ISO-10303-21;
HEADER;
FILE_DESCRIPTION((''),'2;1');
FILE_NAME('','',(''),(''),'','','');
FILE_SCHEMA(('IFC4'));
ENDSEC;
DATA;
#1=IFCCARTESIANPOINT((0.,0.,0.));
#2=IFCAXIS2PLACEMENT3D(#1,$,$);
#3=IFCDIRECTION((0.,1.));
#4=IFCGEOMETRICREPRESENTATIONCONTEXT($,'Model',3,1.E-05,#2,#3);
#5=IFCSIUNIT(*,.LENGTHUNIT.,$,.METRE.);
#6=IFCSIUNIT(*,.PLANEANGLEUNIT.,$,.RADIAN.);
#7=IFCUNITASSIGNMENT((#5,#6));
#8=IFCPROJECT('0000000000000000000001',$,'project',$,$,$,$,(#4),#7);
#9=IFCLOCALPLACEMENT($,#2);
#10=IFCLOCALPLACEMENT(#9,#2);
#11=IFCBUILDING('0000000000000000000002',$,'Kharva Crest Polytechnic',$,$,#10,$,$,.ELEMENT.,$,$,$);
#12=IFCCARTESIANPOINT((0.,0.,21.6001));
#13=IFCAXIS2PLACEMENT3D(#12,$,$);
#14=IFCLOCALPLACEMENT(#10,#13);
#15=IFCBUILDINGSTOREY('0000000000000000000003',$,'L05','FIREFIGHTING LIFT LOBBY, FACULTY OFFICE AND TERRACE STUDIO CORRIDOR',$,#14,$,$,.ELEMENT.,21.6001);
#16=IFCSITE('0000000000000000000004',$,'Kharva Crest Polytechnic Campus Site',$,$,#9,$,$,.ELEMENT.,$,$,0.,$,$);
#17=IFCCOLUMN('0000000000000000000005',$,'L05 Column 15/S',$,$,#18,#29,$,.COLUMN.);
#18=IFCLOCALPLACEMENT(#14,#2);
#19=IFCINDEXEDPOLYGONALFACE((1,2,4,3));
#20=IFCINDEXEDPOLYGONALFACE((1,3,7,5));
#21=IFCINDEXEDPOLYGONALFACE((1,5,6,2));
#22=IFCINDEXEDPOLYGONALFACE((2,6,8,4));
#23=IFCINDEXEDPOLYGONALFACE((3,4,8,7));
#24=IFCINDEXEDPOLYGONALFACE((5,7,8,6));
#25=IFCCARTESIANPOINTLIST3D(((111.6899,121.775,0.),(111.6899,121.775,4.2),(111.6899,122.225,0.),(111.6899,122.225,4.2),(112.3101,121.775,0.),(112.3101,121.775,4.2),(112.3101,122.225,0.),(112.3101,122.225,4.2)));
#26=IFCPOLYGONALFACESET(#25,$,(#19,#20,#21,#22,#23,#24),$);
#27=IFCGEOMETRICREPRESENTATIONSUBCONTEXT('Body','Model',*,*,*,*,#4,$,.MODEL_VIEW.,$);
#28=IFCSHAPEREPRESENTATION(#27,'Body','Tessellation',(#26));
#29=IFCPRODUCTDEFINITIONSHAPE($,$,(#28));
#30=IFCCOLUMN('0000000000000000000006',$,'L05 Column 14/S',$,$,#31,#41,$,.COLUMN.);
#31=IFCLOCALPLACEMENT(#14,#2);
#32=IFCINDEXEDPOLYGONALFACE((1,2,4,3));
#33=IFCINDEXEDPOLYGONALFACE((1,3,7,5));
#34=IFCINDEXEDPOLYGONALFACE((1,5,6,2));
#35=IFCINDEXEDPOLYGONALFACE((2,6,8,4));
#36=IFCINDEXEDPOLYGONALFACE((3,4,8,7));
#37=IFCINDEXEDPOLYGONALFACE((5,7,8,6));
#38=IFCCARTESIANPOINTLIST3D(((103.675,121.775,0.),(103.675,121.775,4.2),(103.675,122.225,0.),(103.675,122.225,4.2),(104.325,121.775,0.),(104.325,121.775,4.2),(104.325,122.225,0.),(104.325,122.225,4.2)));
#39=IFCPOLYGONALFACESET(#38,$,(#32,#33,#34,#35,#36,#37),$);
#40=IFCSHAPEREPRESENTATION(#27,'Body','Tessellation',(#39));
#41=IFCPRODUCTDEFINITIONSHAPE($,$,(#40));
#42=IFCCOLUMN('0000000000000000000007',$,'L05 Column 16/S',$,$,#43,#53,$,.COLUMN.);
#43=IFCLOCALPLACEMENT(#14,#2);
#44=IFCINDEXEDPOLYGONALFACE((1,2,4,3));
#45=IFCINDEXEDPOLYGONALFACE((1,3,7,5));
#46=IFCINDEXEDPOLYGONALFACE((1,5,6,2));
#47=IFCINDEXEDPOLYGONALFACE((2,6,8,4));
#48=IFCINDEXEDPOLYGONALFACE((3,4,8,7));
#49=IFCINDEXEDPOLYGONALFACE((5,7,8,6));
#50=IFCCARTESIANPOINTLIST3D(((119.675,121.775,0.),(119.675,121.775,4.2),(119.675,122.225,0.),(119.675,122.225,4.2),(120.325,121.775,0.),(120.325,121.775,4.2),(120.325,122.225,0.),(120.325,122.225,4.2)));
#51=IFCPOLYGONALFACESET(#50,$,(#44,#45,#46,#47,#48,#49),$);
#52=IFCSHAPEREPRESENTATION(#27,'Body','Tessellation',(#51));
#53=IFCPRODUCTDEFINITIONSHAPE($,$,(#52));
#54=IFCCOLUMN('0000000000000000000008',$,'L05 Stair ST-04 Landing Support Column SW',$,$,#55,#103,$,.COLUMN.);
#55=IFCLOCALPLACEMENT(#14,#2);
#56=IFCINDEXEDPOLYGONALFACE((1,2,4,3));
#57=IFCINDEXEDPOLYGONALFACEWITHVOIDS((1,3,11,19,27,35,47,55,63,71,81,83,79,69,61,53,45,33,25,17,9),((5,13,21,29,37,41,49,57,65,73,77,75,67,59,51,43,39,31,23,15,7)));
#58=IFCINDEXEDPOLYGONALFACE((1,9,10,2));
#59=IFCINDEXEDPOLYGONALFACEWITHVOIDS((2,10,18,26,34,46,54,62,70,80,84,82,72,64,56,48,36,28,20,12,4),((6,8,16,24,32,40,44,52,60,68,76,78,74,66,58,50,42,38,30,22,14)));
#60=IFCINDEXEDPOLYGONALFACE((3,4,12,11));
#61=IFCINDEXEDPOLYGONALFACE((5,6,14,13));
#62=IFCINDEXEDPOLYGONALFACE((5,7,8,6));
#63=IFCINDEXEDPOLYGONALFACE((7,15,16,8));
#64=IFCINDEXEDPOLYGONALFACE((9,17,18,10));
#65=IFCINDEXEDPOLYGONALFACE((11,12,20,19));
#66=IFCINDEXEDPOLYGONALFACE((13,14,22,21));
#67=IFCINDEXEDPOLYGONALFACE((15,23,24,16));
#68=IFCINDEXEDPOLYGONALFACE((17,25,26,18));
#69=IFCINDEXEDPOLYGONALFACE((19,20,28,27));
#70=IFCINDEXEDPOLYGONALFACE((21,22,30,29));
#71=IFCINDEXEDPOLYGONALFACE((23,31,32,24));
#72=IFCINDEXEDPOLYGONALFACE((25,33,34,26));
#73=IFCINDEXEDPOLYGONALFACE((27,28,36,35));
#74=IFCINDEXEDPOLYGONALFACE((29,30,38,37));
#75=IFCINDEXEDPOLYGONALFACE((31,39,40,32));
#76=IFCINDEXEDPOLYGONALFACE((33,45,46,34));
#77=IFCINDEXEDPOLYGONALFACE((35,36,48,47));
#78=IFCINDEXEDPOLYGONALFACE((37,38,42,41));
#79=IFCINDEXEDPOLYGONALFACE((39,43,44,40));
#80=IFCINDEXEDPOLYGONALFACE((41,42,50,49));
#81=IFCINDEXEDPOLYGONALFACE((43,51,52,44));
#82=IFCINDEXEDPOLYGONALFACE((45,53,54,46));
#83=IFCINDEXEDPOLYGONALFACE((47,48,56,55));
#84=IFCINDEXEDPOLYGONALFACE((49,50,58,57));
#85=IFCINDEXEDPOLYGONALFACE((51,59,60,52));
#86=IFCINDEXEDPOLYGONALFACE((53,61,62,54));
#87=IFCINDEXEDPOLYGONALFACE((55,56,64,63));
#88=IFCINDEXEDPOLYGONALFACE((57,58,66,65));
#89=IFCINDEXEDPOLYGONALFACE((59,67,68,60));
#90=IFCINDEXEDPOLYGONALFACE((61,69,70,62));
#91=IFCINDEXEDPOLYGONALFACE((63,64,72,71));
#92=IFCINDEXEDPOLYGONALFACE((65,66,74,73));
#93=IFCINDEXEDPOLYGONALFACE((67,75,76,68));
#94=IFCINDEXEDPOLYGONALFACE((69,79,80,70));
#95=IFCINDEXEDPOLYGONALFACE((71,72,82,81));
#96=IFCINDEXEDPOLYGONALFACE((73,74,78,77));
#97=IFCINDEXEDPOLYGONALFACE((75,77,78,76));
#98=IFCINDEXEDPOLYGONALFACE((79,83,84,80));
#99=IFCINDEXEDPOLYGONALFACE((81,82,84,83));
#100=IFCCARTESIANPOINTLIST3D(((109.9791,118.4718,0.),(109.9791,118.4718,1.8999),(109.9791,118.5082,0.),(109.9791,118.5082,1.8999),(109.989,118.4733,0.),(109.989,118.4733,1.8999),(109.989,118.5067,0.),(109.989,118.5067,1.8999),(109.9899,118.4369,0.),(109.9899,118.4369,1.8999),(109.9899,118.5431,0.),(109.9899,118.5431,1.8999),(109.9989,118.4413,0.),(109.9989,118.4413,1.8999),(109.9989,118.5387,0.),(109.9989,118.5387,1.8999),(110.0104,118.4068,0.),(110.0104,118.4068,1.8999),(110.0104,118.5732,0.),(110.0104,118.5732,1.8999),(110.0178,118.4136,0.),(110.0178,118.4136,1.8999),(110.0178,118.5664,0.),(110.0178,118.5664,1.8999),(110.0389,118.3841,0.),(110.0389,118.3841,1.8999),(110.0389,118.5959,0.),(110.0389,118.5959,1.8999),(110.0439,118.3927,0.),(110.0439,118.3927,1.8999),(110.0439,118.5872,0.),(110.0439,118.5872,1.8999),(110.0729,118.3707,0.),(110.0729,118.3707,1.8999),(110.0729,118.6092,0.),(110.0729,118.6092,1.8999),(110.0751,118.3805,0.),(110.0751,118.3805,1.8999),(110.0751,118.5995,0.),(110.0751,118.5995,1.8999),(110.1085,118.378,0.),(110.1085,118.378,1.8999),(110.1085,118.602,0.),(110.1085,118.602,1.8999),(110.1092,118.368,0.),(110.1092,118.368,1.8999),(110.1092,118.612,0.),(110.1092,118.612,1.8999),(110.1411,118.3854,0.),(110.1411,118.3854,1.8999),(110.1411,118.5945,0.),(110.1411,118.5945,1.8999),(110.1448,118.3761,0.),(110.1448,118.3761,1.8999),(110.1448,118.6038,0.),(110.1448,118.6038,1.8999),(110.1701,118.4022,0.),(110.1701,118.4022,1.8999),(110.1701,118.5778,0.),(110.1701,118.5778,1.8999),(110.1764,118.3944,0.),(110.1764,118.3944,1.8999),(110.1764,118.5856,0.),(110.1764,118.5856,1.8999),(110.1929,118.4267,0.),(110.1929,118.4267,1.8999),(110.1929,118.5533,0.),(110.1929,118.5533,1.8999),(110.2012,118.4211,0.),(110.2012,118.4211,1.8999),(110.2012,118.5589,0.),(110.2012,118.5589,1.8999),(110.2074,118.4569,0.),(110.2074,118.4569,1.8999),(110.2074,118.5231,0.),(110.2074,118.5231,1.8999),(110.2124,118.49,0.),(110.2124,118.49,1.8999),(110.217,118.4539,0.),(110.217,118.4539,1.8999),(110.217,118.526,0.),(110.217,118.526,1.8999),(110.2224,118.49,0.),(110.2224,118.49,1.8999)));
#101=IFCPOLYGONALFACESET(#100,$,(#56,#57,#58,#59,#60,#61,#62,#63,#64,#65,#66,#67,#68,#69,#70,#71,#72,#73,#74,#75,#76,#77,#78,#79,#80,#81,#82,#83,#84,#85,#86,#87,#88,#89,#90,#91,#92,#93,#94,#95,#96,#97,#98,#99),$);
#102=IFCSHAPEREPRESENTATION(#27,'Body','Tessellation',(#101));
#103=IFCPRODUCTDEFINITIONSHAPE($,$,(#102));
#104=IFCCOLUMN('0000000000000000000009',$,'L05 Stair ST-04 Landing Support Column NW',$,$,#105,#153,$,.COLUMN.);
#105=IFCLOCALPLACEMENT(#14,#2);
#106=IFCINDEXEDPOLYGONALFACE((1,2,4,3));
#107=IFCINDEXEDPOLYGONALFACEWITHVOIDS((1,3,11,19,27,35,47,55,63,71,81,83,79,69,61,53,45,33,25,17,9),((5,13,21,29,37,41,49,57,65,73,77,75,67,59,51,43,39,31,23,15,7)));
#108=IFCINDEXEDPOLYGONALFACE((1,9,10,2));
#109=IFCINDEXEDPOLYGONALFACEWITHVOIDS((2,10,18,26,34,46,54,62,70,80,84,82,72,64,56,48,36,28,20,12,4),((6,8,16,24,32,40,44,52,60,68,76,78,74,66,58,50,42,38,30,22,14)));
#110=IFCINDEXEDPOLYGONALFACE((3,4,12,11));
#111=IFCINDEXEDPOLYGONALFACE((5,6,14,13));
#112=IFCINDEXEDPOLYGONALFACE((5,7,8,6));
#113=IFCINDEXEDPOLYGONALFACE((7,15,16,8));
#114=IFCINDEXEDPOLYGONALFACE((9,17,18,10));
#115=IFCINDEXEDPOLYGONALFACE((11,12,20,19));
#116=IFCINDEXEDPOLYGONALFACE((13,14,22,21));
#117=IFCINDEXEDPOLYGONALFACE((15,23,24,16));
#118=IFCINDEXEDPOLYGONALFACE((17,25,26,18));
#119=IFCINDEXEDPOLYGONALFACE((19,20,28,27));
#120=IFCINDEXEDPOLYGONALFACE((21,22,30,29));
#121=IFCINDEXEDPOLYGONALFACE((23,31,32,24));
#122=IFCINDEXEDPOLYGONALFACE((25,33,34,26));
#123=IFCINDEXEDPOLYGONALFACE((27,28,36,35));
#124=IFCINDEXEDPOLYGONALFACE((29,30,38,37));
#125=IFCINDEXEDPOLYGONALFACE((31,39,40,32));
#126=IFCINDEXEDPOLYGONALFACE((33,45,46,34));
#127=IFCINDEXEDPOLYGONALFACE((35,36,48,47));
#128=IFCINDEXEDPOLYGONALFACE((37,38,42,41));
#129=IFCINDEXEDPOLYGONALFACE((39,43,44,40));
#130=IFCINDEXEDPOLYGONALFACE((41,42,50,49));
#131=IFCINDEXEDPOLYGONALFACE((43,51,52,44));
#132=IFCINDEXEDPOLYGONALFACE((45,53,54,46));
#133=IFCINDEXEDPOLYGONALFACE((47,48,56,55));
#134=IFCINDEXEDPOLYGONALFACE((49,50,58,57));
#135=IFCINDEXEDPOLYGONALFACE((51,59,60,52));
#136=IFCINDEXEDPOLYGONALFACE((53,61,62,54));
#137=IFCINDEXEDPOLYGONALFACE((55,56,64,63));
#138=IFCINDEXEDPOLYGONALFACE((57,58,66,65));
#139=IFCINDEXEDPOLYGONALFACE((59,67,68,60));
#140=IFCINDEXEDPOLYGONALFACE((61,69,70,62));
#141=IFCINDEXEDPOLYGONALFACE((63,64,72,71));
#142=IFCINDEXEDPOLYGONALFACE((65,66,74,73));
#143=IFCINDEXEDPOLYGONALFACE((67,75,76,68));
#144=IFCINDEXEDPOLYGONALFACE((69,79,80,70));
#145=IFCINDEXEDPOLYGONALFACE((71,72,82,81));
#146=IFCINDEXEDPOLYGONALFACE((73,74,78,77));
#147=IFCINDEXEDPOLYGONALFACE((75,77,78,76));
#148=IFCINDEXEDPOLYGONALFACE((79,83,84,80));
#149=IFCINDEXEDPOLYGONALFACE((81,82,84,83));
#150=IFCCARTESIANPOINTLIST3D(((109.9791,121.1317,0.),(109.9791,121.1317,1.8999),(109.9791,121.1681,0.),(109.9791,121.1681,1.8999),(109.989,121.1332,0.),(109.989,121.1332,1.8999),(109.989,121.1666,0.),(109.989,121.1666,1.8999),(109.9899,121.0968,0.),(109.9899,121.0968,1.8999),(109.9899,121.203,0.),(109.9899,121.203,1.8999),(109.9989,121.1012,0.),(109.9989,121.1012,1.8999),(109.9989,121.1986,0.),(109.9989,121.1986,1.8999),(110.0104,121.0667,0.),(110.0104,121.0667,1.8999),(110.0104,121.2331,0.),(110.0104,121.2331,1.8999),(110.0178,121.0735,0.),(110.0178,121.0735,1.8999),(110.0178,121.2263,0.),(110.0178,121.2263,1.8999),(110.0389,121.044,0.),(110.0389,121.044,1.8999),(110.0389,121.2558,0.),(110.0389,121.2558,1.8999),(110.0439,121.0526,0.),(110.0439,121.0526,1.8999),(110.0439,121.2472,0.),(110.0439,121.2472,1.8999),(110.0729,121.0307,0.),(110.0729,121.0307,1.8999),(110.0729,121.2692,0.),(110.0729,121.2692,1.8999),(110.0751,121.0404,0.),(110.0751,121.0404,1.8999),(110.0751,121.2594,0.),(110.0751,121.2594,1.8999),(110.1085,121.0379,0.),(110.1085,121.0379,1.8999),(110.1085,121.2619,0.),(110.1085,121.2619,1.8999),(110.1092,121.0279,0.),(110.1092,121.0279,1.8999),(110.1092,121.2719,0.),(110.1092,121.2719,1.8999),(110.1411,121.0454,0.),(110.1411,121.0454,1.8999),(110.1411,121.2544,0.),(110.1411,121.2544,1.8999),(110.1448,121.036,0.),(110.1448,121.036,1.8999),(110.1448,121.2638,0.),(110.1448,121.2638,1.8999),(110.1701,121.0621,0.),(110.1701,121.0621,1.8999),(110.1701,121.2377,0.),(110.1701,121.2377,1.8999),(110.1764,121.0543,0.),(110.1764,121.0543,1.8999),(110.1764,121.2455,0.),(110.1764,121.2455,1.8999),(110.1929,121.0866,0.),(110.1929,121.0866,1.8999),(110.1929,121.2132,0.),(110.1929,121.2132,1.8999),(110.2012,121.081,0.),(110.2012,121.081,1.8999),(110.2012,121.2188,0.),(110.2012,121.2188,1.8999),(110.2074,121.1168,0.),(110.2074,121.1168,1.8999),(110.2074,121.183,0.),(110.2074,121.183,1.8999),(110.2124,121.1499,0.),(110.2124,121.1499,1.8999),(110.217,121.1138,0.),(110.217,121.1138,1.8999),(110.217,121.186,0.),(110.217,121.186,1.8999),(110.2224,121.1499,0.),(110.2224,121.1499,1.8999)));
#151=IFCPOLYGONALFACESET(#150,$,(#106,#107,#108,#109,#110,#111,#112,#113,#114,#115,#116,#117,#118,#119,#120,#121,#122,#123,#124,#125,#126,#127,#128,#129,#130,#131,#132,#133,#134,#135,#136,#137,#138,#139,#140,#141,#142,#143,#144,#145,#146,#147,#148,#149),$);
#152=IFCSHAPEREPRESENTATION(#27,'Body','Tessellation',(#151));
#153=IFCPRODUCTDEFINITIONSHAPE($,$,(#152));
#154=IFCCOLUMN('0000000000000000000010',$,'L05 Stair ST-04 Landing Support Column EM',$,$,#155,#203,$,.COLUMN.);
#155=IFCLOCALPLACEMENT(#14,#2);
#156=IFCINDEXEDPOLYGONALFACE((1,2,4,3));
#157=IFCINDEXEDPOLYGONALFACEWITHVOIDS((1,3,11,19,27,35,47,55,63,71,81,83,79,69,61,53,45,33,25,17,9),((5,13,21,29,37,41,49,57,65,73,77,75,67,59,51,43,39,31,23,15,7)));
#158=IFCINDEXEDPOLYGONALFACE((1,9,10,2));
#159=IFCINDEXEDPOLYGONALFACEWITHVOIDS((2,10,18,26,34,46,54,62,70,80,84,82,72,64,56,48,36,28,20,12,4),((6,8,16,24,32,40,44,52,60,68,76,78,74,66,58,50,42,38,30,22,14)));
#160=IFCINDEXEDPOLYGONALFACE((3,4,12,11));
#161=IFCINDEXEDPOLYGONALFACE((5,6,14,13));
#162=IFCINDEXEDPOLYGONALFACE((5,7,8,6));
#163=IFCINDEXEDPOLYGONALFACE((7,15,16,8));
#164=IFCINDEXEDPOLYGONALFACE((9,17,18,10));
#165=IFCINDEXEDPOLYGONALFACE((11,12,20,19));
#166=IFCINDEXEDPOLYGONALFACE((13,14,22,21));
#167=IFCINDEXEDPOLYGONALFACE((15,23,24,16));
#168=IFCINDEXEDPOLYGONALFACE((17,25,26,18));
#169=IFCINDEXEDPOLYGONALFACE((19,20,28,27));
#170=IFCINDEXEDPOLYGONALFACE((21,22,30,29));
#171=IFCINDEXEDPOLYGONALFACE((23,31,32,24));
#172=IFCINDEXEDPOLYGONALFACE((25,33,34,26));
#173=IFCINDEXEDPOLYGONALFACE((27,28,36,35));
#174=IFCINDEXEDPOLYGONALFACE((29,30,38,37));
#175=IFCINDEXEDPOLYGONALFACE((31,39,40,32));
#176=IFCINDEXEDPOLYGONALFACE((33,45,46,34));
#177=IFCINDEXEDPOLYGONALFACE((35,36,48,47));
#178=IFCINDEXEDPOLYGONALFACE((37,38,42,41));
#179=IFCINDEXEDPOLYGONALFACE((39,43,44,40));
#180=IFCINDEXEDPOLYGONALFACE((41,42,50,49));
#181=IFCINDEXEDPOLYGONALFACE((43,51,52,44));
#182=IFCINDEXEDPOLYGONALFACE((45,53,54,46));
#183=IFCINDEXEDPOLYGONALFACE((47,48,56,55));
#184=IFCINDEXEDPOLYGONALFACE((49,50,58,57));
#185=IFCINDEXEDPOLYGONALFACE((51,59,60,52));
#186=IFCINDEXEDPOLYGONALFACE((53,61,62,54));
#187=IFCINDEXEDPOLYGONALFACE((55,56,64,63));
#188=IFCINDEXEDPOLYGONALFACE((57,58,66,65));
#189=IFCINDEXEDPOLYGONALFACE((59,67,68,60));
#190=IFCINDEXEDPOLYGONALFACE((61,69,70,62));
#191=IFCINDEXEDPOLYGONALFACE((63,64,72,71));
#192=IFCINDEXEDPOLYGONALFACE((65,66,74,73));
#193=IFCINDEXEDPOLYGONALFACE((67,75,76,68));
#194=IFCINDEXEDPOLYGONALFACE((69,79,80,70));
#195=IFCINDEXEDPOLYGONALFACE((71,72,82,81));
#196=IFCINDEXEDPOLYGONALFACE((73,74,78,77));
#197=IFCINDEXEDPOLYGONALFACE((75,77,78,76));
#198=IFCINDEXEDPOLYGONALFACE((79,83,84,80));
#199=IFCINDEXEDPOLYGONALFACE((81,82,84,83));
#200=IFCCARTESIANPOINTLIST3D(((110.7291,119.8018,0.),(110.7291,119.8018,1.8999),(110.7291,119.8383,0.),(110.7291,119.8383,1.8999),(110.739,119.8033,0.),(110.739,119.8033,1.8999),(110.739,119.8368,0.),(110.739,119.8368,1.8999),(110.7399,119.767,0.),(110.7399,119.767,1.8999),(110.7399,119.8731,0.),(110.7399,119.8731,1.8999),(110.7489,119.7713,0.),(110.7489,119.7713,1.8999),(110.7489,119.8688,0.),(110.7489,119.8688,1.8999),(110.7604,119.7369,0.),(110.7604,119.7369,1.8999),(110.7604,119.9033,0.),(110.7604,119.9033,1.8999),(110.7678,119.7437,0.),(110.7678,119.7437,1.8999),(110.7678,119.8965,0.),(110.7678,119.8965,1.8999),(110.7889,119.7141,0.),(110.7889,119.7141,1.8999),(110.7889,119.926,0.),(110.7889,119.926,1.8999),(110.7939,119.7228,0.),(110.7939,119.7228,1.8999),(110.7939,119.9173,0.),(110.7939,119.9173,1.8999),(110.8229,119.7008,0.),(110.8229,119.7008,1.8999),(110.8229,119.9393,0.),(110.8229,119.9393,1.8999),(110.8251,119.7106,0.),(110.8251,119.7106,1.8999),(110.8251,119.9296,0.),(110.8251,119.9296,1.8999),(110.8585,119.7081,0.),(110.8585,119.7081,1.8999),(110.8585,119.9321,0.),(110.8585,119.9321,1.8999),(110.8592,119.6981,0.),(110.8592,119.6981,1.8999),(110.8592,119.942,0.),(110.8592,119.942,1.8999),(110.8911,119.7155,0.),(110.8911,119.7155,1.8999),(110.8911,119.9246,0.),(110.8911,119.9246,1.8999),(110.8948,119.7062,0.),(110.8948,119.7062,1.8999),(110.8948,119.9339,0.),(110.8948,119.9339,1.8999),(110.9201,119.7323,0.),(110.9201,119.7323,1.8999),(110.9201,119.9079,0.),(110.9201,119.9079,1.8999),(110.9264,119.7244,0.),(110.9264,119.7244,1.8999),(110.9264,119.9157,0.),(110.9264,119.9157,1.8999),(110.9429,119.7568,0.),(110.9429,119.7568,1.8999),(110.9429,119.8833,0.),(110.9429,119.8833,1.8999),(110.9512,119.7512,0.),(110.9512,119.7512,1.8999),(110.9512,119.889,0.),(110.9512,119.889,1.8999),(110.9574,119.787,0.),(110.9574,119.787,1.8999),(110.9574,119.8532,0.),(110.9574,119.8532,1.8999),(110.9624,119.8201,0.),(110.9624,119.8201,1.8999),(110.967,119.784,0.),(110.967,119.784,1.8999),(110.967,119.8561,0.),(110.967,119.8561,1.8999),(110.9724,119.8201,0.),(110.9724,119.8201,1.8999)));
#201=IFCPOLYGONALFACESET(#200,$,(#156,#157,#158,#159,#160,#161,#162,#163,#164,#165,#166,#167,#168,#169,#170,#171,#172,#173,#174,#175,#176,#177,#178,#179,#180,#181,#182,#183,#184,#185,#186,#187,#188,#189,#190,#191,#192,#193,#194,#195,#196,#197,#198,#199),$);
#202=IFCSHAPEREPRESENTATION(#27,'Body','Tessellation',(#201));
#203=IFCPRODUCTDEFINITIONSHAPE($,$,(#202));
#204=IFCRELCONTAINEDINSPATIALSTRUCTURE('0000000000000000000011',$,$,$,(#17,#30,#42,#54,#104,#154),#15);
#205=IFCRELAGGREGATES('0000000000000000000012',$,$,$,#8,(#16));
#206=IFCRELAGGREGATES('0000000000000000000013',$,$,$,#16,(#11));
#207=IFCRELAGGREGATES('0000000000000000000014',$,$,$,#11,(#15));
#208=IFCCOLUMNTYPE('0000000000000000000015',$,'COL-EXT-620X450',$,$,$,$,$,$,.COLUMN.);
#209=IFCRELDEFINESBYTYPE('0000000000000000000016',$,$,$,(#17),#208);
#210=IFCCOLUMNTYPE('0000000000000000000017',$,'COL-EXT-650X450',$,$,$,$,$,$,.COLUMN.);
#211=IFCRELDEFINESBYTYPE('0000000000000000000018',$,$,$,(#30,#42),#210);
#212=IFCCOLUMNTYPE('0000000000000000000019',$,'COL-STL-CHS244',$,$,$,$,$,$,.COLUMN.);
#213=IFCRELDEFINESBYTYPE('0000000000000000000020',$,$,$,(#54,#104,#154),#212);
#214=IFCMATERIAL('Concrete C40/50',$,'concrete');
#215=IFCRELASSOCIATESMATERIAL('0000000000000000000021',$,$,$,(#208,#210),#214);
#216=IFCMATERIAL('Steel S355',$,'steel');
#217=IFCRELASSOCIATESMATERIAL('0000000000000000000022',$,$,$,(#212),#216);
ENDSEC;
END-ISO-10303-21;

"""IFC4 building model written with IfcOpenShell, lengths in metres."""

from ifc_helpers import new_model, si_unit, direction, frame, origin, origin_2d, place, context, subcontext, project, spatial, rectangle, hollow_circle, extrude, material, material_profile, profile_set, type_object, element, save


model = new_model("IFC4")

# Units and contexts
model_context = context("Model", 3, precision=1e-05, world=origin(), true_north=direction((0.0, 1.0)))
body_context = subcontext(model_context, "Body", "Model", "MODEL_VIEW")
ifc_project = project(units=[si_unit("LENGTHUNIT", "METRE"), si_unit("PLANEANGLEUNIT", "RADIAN")], contexts=[model_context])

# Site, building, storey
site_placement = place(None, origin())
site = spatial("IfcSite", under=ifc_project, at=site_placement, Name="Kharva Crest Polytechnic Campus Site", CompositionType="ELEMENT", RefElevation=0.0)
building_placement = place(site_placement, origin())
building = spatial("IfcBuilding", under=site, at=building_placement, Name="Kharva Crest Polytechnic", CompositionType="ELEMENT")
storey_placement = place(building_placement, frame((0.0, 0.0, 21.6001)))
storey = spatial("IfcBuildingStorey", under=building, at=storey_placement, Name="L05", Description="FIREFIGHTING LIFT LOBBY, FACULTY OFFICE AND TERRACE STUDIO CORRIDOR", CompositionType="ELEMENT", Elevation=21.6001)

# Columns
ifc_material_1 = material(Name="Concrete C40/50", Category="concrete")
ifc_material_profile_1 = material_profile(ifc_material_1, rectangle(XDim=0.6201, YDim=0.45, at=origin_2d()), Name="RECT 620 X 450")
ifc_profile_set_1 = profile_set([ifc_material_profile_1], Name="Concrete C40/50")
column_type_1 = type_object("IfcColumnType", Name="COL-EXT-620X450", PredefinedType="COLUMN", material=ifc_profile_set_1)
column_placement = place(storey_placement, frame((112.0, 122.0, 0.0), z_axis=(0.0, 0.0, 1.0), x_axis=(1.0, 0.0, 0.0)))
element("IfcColumn", 1, at=column_placement, inside=storey, type_object=column_type_1, Name="L05 Column 15/S", PredefinedType="COLUMN", context=body_context, shape_type="SweptSolid", body=[
    extrude(rectangle(XDim=0.6201, YDim=0.45, at=origin_2d()), origin(), (0.0, 0.0, 1.0), 4.2),
])
ifc_material_profile_2 = material_profile(ifc_material_1, rectangle(XDim=0.6499, YDim=0.45, at=origin_2d()), Name="RECT 650 X 450")
ifc_profile_set_2 = profile_set([ifc_material_profile_2], Name="Concrete C40/50")
column_type_2 = type_object("IfcColumnType", Name="COL-EXT-650X450", PredefinedType="COLUMN", material=ifc_profile_set_2)
for number, where, z_axis, x_axis, name in (
    (2, (104.0, 122.0, 0.0), (0.0, 0.0, 1.0), (1.0, 0.0, 0.0), "L05 Column 14/S"),
    (3, (120.0, 122.0, 0.0), (0.0, 0.0, 1.0), (1.0, 0.0, 0.0), "L05 Column 16/S"),
):
    element("IfcColumn", number, at=place(storey_placement, frame(where, z_axis=z_axis, x_axis=x_axis)), inside=storey, type_object=column_type_2, Name=name, PredefinedType="COLUMN", context=body_context, shape_type="SweptSolid", body=[
        extrude(rectangle(XDim=0.6499, YDim=0.45, at=origin_2d()), origin(), (0.0, 0.0, 1.0), 4.2),
    ])
ifc_material_2 = material(Name="Steel S355", Category="steel")
ifc_material_profile_3 = material_profile(ifc_material_2, hollow_circle(Radius=0.1223, WallThickness=0.01, at=origin_2d()), Name="CHS 244.5X10.0")
ifc_profile_set_3 = profile_set([ifc_material_profile_3], Name="Steel S355")
column_type_3 = type_object("IfcColumnType", Name="COL-STL-CHS244", PredefinedType="COLUMN", material=ifc_profile_set_3)
for number, where, z_axis, x_axis, name in (
    (4, (110.1001, 118.49, 0.0), (0.0, 0.0, 1.0), (1.0, 0.0, 0.0), "L05 Stair ST-04 Landing Support Column SW"),
    (5, (110.1001, 121.1499, 0.0), (0.0, 0.0, 1.0), (1.0, 0.0, 0.0), "L05 Stair ST-04 Landing Support Column NW"),
    (6, (110.8501, 119.8201, 0.0), (0.0, 0.0, 1.0), (1.0, 0.0, 0.0), "L05 Stair ST-04 Landing Support Column EM"),
):
    element("IfcColumn", number, at=place(storey_placement, frame(where, z_axis=z_axis, x_axis=x_axis)), inside=storey, type_object=column_type_3, Name=name, PredefinedType="COLUMN", context=body_context, shape_type="SweptSolid", body=[
        extrude(hollow_circle(Radius=0.1223, WallThickness=0.01, at=origin_2d()), origin(), (0.0, 0.0, 1.0), 1.8999),
    ])

save(model, "model.ifc")
